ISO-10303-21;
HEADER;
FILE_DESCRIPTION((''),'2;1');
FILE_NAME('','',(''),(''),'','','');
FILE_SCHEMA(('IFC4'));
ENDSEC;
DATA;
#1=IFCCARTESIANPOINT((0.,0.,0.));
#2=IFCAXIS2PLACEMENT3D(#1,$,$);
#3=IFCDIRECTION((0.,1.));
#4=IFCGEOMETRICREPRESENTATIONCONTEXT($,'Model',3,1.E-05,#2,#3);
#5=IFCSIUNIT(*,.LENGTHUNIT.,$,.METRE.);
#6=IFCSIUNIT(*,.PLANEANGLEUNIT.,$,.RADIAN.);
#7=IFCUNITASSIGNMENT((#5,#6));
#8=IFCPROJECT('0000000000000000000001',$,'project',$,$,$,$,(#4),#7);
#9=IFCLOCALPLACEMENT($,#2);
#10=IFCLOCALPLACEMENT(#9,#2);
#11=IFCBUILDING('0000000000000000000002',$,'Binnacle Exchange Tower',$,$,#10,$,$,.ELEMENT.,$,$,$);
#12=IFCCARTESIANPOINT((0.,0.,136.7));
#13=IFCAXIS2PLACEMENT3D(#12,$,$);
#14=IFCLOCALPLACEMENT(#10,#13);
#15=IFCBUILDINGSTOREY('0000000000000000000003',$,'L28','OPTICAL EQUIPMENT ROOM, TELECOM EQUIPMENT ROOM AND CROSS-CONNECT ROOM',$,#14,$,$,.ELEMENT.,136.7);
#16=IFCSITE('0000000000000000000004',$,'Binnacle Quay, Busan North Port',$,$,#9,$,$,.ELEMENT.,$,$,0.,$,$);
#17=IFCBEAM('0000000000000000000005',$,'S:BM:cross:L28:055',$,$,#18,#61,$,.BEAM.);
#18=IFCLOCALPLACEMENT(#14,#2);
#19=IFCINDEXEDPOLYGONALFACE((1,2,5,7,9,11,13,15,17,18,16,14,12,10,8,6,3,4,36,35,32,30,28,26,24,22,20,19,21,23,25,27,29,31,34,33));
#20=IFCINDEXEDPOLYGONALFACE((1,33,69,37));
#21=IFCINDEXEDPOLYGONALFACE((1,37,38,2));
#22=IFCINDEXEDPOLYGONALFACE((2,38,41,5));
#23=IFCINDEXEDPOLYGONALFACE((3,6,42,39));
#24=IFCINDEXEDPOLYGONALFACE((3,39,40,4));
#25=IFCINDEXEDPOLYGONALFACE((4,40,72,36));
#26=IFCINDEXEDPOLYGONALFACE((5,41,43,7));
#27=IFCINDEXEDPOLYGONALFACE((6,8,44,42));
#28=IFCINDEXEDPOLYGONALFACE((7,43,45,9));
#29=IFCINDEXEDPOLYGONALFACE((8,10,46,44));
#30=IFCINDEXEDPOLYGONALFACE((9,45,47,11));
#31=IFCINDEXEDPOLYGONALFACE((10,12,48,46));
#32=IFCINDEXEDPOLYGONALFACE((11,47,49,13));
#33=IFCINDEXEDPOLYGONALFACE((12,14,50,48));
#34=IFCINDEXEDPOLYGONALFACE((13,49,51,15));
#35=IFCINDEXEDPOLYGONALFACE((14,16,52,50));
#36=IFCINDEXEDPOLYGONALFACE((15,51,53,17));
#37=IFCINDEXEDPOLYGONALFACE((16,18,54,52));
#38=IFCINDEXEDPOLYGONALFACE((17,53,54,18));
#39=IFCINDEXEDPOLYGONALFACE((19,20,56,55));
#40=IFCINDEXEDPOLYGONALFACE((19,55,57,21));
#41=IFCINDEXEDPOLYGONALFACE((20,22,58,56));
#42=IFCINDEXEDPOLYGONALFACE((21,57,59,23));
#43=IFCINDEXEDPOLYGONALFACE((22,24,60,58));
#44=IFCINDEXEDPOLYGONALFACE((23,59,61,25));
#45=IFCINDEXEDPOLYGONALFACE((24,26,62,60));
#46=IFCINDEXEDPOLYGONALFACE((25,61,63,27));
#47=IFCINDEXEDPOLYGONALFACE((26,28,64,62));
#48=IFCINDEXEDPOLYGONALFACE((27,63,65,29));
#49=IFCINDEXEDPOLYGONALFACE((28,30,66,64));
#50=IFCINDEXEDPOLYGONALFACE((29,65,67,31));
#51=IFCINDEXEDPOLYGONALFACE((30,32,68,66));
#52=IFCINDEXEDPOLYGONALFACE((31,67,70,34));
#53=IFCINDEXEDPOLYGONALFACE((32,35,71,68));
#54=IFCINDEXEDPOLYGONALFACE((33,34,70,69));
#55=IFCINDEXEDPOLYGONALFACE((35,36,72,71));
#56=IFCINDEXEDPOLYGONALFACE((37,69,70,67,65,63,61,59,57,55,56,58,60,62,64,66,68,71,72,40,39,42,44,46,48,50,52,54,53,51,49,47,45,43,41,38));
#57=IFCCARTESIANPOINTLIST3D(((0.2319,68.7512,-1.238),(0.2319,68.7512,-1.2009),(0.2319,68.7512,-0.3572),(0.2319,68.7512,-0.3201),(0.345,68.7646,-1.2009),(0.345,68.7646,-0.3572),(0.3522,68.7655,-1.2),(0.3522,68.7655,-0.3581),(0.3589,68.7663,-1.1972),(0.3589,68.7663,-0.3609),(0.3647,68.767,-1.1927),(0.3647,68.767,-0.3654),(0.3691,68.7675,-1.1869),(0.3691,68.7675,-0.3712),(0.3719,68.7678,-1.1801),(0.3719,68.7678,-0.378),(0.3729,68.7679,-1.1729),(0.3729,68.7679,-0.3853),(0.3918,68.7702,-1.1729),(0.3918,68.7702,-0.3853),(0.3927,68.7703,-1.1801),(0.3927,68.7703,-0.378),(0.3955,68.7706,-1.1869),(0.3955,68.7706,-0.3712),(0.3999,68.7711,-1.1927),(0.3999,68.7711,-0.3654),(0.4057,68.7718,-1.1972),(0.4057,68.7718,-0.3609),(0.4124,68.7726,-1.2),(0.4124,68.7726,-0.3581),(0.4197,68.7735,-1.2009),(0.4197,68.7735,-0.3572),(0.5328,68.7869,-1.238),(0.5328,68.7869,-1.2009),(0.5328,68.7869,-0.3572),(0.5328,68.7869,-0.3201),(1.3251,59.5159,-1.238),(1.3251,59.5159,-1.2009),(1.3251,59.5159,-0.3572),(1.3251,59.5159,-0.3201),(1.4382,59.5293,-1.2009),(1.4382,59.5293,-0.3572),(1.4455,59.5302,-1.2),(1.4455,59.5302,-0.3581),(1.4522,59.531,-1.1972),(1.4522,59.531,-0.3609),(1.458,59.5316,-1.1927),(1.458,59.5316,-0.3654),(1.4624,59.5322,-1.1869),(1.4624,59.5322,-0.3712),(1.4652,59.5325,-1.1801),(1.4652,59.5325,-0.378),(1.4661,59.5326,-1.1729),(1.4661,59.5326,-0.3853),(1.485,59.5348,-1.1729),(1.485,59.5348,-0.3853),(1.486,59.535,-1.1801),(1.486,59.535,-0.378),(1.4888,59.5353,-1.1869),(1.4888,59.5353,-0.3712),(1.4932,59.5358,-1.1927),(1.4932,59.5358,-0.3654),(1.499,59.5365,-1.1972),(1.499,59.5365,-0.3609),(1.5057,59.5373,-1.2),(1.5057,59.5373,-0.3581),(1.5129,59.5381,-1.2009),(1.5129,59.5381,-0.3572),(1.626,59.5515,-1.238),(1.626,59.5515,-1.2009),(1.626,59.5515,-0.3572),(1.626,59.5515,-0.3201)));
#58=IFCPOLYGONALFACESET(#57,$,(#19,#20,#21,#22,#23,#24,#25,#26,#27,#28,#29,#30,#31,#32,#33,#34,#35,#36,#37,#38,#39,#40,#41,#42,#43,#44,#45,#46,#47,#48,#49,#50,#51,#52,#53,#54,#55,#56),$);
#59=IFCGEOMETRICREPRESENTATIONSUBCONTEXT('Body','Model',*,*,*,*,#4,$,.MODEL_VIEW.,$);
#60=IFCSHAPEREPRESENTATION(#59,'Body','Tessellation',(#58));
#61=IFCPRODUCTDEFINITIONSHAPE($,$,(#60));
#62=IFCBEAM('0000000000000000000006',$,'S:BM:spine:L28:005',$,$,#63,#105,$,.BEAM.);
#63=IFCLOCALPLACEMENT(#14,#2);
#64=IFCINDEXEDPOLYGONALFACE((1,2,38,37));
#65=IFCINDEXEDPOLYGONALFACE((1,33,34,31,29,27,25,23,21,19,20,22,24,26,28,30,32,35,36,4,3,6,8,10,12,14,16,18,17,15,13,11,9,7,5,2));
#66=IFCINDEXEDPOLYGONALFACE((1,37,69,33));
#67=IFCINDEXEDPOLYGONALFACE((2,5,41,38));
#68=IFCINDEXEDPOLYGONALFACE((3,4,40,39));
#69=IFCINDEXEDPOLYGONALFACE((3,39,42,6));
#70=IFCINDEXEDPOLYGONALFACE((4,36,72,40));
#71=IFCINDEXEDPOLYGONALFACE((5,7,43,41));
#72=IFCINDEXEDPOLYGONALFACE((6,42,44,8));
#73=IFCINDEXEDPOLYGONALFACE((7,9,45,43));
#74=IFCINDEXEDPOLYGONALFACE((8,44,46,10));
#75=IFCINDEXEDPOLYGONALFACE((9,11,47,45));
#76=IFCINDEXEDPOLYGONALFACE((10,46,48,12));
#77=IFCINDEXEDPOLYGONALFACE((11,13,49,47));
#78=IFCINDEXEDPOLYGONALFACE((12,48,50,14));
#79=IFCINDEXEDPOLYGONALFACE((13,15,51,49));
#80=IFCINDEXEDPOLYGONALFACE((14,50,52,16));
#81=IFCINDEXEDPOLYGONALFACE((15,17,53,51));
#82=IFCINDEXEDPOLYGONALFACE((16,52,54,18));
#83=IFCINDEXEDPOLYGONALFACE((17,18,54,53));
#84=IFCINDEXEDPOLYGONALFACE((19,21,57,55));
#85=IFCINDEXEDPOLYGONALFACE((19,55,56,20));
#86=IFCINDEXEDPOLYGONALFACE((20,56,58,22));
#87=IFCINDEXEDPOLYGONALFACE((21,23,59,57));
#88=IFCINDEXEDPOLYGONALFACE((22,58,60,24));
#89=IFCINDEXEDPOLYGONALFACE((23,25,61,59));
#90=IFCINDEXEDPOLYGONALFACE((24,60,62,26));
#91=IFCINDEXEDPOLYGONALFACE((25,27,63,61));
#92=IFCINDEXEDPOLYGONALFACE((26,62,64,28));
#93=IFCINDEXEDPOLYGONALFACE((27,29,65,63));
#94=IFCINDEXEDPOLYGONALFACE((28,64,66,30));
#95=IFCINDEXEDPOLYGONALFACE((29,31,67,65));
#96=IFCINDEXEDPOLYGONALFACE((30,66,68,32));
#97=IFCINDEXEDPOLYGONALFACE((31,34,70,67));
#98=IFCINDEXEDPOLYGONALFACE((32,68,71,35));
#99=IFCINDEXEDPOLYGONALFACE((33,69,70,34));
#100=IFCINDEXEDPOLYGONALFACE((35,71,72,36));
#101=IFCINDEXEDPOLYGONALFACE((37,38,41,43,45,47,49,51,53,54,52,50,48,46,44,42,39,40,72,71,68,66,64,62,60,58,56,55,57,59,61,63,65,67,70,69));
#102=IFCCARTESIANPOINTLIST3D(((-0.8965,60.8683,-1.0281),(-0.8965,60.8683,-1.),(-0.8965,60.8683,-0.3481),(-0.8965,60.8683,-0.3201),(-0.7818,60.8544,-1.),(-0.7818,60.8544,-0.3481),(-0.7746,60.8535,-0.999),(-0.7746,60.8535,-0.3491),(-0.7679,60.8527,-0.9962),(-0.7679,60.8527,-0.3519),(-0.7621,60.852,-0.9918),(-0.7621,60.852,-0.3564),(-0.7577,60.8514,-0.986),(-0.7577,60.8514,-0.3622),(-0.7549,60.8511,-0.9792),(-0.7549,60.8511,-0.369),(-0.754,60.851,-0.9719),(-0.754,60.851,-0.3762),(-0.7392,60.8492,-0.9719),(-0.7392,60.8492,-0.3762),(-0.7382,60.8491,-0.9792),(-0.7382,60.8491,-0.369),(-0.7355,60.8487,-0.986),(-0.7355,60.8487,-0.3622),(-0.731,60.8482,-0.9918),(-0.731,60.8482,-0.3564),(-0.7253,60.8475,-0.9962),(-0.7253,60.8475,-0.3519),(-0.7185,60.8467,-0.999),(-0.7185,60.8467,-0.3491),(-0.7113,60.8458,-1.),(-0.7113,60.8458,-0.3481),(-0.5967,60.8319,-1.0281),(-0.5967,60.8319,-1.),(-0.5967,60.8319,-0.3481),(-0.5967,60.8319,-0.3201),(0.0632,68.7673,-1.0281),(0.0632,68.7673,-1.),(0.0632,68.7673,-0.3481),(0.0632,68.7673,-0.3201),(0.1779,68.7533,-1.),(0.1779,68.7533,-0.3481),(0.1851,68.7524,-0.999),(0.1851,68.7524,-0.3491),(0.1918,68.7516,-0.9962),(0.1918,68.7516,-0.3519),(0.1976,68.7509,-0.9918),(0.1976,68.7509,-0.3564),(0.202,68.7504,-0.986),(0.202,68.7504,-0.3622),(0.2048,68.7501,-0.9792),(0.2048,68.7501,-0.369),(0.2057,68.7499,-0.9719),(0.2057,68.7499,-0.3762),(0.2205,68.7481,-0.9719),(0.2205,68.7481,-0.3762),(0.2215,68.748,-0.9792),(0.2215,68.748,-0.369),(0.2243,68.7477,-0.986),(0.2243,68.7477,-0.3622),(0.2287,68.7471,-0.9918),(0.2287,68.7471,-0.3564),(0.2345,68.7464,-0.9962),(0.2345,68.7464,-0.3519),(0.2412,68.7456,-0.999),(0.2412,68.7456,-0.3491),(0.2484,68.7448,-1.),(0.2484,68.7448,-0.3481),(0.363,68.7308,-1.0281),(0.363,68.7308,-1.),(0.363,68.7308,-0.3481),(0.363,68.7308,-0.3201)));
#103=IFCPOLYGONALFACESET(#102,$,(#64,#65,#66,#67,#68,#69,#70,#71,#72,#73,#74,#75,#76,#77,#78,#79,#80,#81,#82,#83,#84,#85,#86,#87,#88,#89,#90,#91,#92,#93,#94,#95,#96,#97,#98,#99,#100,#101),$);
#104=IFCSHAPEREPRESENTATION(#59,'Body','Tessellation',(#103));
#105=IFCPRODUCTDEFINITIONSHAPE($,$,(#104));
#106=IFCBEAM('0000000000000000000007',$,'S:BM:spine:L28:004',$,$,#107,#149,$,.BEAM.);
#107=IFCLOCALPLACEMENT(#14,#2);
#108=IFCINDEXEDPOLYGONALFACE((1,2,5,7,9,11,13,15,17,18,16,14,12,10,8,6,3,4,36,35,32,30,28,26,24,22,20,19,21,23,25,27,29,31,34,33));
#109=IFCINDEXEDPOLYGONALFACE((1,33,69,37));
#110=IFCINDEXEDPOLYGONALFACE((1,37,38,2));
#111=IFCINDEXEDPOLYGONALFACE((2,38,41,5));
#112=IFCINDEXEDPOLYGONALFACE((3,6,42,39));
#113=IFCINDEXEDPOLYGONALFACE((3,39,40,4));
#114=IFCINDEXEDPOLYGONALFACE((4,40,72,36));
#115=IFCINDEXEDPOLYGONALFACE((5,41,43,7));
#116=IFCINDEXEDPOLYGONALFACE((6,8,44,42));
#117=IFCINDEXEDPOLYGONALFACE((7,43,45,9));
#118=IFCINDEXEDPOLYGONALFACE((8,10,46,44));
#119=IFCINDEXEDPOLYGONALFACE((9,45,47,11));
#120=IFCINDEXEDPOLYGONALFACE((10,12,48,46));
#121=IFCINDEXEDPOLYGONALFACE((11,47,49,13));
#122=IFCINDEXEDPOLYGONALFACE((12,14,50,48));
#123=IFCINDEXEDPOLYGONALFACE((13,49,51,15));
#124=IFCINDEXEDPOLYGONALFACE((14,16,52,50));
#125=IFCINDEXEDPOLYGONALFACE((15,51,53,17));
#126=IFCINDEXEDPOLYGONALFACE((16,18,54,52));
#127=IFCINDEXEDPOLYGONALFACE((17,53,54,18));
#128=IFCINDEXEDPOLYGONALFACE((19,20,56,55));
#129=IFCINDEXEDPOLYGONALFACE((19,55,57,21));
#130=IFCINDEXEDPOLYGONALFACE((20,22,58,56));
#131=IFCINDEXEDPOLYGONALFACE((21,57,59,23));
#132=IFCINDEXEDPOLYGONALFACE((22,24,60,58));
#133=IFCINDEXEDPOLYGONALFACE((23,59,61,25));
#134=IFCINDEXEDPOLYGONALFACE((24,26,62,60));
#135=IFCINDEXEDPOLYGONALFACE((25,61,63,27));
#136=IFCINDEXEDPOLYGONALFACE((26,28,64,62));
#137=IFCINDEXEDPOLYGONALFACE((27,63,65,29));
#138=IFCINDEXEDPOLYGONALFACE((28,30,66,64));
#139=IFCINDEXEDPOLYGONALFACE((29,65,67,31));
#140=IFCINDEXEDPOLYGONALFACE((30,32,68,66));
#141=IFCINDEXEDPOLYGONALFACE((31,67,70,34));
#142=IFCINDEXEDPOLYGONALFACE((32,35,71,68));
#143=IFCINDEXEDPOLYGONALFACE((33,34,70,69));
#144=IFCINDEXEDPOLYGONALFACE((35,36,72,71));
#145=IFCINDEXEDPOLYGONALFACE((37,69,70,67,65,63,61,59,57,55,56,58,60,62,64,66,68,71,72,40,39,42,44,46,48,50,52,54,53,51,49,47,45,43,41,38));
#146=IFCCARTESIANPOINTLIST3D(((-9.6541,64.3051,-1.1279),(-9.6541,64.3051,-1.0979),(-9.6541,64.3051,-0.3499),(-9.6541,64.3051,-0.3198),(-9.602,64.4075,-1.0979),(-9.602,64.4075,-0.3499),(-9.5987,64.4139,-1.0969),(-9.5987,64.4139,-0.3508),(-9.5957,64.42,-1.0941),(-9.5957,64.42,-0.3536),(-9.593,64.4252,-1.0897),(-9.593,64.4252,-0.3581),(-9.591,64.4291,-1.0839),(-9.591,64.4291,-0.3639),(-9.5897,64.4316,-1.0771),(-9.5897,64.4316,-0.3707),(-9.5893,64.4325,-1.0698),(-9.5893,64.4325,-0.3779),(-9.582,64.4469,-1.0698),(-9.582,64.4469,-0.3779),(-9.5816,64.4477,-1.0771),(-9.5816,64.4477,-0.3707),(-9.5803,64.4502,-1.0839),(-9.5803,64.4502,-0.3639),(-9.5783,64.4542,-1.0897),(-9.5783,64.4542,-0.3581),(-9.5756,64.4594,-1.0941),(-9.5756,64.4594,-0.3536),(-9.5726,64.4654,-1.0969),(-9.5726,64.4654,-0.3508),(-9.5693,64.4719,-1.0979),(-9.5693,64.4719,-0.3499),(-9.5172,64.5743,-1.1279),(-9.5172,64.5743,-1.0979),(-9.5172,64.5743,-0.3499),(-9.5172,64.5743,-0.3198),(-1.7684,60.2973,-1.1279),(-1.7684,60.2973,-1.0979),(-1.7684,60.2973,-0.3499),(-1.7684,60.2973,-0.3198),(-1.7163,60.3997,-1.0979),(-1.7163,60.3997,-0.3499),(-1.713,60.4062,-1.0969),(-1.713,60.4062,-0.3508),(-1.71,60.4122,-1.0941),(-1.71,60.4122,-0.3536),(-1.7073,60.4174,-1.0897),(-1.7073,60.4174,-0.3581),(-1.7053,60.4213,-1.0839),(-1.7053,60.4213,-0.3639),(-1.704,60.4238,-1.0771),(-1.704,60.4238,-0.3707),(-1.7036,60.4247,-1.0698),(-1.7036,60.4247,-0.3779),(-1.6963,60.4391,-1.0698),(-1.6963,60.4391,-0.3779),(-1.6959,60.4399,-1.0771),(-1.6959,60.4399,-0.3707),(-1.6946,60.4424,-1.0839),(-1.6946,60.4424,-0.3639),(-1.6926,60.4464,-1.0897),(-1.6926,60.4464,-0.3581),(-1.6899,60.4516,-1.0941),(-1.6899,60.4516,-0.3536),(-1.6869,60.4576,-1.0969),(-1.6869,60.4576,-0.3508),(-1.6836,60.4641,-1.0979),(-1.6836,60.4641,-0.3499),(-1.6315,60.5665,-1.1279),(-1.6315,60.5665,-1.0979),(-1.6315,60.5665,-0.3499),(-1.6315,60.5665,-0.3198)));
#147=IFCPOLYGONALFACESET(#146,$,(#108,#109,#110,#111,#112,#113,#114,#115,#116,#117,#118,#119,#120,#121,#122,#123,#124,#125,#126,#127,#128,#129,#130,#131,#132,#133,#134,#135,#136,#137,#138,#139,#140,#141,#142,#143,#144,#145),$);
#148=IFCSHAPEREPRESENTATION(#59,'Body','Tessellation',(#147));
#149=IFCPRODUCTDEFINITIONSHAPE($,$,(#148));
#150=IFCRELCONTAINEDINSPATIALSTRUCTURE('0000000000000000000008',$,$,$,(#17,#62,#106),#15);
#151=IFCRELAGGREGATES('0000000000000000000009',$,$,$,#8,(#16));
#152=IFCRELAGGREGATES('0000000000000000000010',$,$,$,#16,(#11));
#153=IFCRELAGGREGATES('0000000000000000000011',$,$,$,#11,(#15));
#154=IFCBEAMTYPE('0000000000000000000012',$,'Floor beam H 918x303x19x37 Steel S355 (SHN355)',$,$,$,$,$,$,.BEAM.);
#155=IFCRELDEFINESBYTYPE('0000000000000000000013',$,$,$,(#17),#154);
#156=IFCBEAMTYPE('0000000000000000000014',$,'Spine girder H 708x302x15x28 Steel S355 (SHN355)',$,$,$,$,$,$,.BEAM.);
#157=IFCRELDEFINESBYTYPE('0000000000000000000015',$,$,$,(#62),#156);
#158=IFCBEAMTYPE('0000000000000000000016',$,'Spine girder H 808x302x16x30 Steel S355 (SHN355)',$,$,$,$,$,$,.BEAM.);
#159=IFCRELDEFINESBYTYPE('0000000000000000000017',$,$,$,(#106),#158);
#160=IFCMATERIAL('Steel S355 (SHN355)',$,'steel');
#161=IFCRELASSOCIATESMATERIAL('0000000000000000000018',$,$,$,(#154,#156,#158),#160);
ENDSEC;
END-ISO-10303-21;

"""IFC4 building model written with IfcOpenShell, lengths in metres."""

from ifc_helpers import new_model, si_unit, direction, frame, origin, origin_2d, place, context, subcontext, project, spatial, i_section, extrude, material, material_profile, profile_set, type_object, element, save


model = new_model("IFC4")

# Units and contexts
model_context = context("Model", 3, precision=1e-05, world=origin(), true_north=direction((0.0, 1.0)))
body_context = subcontext(model_context, "Body", "Model", "MODEL_VIEW")
ifc_project = project(units=[si_unit("LENGTHUNIT", "METRE"), si_unit("PLANEANGLEUNIT", "RADIAN")], contexts=[model_context])

# Site, building, storey
site_placement = place(None, origin())
site = spatial("IfcSite", under=ifc_project, at=site_placement, Name="Binnacle Quay, Busan North Port", CompositionType="ELEMENT", RefElevation=0.0)
building_placement = place(site_placement, origin())
building = spatial("IfcBuilding", under=site, at=building_placement, Name="Binnacle Exchange Tower", CompositionType="ELEMENT")
storey_placement = place(building_placement, frame((0.0, 0.0, 136.7)))
storey = spatial("IfcBuildingStorey", under=building, at=storey_placement, Name="L28", Description="OPTICAL EQUIPMENT ROOM, TELECOM EQUIPMENT ROOM AND CROSS-CONNECT ROOM", CompositionType="ELEMENT", Elevation=136.7)

# Beams
ifc_material_1 = material(Name="Steel S355 (SHN355)", Category="steel")
ifc_material_profile_1 = material_profile(ifc_material_1, i_section(OverallWidth=0.303, OverallDepth=0.918, WebThickness=0.019, FlangeThickness=0.0371, FilletRadius=0.0281, at=origin_2d()), Name="H 918x303x19x37")
ifc_profile_set_1 = profile_set([ifc_material_profile_1], Name="Steel S355 (SHN355)")
beam_type_1 = type_object("IfcBeamType", Name="Floor beam H 918x303x19x37 Steel S355 (SHN355)", PredefinedType="BEAM", material=ifc_profile_set_1)
beam_1_placement = place(storey_placement, frame((0.3823, 68.769, -0.7791), z_axis=(0.117557, -0.993066, 0.0), x_axis=(0.993066, 0.117557, 0.0)))
element("IfcBeam", 1, at=beam_1_placement, inside=storey, type_object=beam_type_1, Name="S:BM:cross:L28:055", PredefinedType="BEAM", context=body_context, shape_type="SweptSolid", body=[
    extrude(i_section(OverallWidth=0.303, OverallDepth=0.918, WebThickness=0.019, FlangeThickness=0.0371, FilletRadius=0.0281, at=origin_2d()), origin(), (0.0, 0.0, 1.0), 9.2998),
])
ifc_material_profile_2 = material_profile(ifc_material_1, i_section(OverallWidth=0.302, OverallDepth=0.708, WebThickness=0.0149, FlangeThickness=0.0281, FilletRadius=0.0281, at=origin_2d()), Name="H 708x302x15x28")
ifc_profile_set_2 = profile_set([ifc_material_profile_2], Name="Steel S355 (SHN355)")
beam_type_2 = type_object("IfcBeamType", Name="Spine girder H 708x302x15x28 Steel S355 (SHN355)", PredefinedType="BEAM", material=ifc_profile_set_2)
beam_2_placement = place(storey_placement, frame((-0.7466, 60.8501, -0.6741), z_axis=(0.120613, 0.9927, 0.0), x_axis=(-0.9927, 0.120613, 0.0)))
element("IfcBeam", 2, at=beam_2_placement, inside=storey, type_object=beam_type_2, Name="S:BM:spine:L28:005", PredefinedType="BEAM", context=body_context, shape_type="SweptSolid", body=[
    extrude(i_section(OverallWidth=0.302, OverallDepth=0.708, WebThickness=0.0149, FlangeThickness=0.0281, FilletRadius=0.0281, at=origin_2d()), origin(), (0.0, 0.0, 1.0), 7.957),
])
ifc_material_profile_3 = material_profile(ifc_material_1, i_section(OverallWidth=0.302, OverallDepth=0.8081, WebThickness=0.0161, FlangeThickness=0.03, FilletRadius=0.0281, at=origin_2d()), Name="H 808x302x16x30")
ifc_profile_set_3 = profile_set([ifc_material_profile_3], Name="Steel S355 (SHN355)")
beam_type_3 = type_object("IfcBeamType", Name="Spine girder H 808x302x16x30 Steel S355 (SHN355)", PredefinedType="BEAM", material=ifc_profile_set_3)
beam_3_placement = place(storey_placement, frame((-1.7, 60.4319, -0.7239), z_axis=(-0.891471, 0.453077, 0.0), x_axis=(-0.453077, -0.891471, 0.0)))
element("IfcBeam", 3, at=beam_3_placement, inside=storey, type_object=beam_type_3, Name="S:BM:spine:L28:004", PredefinedType="BEAM", context=body_context, shape_type="SweptSolid", body=[
    extrude(i_section(OverallWidth=0.302, OverallDepth=0.8081, WebThickness=0.0161, FlangeThickness=0.03, FilletRadius=0.0281, at=origin_2d()), origin(), (0.0, 0.0, 1.0), 8.8457),
])

save(model, "model.ifc")
